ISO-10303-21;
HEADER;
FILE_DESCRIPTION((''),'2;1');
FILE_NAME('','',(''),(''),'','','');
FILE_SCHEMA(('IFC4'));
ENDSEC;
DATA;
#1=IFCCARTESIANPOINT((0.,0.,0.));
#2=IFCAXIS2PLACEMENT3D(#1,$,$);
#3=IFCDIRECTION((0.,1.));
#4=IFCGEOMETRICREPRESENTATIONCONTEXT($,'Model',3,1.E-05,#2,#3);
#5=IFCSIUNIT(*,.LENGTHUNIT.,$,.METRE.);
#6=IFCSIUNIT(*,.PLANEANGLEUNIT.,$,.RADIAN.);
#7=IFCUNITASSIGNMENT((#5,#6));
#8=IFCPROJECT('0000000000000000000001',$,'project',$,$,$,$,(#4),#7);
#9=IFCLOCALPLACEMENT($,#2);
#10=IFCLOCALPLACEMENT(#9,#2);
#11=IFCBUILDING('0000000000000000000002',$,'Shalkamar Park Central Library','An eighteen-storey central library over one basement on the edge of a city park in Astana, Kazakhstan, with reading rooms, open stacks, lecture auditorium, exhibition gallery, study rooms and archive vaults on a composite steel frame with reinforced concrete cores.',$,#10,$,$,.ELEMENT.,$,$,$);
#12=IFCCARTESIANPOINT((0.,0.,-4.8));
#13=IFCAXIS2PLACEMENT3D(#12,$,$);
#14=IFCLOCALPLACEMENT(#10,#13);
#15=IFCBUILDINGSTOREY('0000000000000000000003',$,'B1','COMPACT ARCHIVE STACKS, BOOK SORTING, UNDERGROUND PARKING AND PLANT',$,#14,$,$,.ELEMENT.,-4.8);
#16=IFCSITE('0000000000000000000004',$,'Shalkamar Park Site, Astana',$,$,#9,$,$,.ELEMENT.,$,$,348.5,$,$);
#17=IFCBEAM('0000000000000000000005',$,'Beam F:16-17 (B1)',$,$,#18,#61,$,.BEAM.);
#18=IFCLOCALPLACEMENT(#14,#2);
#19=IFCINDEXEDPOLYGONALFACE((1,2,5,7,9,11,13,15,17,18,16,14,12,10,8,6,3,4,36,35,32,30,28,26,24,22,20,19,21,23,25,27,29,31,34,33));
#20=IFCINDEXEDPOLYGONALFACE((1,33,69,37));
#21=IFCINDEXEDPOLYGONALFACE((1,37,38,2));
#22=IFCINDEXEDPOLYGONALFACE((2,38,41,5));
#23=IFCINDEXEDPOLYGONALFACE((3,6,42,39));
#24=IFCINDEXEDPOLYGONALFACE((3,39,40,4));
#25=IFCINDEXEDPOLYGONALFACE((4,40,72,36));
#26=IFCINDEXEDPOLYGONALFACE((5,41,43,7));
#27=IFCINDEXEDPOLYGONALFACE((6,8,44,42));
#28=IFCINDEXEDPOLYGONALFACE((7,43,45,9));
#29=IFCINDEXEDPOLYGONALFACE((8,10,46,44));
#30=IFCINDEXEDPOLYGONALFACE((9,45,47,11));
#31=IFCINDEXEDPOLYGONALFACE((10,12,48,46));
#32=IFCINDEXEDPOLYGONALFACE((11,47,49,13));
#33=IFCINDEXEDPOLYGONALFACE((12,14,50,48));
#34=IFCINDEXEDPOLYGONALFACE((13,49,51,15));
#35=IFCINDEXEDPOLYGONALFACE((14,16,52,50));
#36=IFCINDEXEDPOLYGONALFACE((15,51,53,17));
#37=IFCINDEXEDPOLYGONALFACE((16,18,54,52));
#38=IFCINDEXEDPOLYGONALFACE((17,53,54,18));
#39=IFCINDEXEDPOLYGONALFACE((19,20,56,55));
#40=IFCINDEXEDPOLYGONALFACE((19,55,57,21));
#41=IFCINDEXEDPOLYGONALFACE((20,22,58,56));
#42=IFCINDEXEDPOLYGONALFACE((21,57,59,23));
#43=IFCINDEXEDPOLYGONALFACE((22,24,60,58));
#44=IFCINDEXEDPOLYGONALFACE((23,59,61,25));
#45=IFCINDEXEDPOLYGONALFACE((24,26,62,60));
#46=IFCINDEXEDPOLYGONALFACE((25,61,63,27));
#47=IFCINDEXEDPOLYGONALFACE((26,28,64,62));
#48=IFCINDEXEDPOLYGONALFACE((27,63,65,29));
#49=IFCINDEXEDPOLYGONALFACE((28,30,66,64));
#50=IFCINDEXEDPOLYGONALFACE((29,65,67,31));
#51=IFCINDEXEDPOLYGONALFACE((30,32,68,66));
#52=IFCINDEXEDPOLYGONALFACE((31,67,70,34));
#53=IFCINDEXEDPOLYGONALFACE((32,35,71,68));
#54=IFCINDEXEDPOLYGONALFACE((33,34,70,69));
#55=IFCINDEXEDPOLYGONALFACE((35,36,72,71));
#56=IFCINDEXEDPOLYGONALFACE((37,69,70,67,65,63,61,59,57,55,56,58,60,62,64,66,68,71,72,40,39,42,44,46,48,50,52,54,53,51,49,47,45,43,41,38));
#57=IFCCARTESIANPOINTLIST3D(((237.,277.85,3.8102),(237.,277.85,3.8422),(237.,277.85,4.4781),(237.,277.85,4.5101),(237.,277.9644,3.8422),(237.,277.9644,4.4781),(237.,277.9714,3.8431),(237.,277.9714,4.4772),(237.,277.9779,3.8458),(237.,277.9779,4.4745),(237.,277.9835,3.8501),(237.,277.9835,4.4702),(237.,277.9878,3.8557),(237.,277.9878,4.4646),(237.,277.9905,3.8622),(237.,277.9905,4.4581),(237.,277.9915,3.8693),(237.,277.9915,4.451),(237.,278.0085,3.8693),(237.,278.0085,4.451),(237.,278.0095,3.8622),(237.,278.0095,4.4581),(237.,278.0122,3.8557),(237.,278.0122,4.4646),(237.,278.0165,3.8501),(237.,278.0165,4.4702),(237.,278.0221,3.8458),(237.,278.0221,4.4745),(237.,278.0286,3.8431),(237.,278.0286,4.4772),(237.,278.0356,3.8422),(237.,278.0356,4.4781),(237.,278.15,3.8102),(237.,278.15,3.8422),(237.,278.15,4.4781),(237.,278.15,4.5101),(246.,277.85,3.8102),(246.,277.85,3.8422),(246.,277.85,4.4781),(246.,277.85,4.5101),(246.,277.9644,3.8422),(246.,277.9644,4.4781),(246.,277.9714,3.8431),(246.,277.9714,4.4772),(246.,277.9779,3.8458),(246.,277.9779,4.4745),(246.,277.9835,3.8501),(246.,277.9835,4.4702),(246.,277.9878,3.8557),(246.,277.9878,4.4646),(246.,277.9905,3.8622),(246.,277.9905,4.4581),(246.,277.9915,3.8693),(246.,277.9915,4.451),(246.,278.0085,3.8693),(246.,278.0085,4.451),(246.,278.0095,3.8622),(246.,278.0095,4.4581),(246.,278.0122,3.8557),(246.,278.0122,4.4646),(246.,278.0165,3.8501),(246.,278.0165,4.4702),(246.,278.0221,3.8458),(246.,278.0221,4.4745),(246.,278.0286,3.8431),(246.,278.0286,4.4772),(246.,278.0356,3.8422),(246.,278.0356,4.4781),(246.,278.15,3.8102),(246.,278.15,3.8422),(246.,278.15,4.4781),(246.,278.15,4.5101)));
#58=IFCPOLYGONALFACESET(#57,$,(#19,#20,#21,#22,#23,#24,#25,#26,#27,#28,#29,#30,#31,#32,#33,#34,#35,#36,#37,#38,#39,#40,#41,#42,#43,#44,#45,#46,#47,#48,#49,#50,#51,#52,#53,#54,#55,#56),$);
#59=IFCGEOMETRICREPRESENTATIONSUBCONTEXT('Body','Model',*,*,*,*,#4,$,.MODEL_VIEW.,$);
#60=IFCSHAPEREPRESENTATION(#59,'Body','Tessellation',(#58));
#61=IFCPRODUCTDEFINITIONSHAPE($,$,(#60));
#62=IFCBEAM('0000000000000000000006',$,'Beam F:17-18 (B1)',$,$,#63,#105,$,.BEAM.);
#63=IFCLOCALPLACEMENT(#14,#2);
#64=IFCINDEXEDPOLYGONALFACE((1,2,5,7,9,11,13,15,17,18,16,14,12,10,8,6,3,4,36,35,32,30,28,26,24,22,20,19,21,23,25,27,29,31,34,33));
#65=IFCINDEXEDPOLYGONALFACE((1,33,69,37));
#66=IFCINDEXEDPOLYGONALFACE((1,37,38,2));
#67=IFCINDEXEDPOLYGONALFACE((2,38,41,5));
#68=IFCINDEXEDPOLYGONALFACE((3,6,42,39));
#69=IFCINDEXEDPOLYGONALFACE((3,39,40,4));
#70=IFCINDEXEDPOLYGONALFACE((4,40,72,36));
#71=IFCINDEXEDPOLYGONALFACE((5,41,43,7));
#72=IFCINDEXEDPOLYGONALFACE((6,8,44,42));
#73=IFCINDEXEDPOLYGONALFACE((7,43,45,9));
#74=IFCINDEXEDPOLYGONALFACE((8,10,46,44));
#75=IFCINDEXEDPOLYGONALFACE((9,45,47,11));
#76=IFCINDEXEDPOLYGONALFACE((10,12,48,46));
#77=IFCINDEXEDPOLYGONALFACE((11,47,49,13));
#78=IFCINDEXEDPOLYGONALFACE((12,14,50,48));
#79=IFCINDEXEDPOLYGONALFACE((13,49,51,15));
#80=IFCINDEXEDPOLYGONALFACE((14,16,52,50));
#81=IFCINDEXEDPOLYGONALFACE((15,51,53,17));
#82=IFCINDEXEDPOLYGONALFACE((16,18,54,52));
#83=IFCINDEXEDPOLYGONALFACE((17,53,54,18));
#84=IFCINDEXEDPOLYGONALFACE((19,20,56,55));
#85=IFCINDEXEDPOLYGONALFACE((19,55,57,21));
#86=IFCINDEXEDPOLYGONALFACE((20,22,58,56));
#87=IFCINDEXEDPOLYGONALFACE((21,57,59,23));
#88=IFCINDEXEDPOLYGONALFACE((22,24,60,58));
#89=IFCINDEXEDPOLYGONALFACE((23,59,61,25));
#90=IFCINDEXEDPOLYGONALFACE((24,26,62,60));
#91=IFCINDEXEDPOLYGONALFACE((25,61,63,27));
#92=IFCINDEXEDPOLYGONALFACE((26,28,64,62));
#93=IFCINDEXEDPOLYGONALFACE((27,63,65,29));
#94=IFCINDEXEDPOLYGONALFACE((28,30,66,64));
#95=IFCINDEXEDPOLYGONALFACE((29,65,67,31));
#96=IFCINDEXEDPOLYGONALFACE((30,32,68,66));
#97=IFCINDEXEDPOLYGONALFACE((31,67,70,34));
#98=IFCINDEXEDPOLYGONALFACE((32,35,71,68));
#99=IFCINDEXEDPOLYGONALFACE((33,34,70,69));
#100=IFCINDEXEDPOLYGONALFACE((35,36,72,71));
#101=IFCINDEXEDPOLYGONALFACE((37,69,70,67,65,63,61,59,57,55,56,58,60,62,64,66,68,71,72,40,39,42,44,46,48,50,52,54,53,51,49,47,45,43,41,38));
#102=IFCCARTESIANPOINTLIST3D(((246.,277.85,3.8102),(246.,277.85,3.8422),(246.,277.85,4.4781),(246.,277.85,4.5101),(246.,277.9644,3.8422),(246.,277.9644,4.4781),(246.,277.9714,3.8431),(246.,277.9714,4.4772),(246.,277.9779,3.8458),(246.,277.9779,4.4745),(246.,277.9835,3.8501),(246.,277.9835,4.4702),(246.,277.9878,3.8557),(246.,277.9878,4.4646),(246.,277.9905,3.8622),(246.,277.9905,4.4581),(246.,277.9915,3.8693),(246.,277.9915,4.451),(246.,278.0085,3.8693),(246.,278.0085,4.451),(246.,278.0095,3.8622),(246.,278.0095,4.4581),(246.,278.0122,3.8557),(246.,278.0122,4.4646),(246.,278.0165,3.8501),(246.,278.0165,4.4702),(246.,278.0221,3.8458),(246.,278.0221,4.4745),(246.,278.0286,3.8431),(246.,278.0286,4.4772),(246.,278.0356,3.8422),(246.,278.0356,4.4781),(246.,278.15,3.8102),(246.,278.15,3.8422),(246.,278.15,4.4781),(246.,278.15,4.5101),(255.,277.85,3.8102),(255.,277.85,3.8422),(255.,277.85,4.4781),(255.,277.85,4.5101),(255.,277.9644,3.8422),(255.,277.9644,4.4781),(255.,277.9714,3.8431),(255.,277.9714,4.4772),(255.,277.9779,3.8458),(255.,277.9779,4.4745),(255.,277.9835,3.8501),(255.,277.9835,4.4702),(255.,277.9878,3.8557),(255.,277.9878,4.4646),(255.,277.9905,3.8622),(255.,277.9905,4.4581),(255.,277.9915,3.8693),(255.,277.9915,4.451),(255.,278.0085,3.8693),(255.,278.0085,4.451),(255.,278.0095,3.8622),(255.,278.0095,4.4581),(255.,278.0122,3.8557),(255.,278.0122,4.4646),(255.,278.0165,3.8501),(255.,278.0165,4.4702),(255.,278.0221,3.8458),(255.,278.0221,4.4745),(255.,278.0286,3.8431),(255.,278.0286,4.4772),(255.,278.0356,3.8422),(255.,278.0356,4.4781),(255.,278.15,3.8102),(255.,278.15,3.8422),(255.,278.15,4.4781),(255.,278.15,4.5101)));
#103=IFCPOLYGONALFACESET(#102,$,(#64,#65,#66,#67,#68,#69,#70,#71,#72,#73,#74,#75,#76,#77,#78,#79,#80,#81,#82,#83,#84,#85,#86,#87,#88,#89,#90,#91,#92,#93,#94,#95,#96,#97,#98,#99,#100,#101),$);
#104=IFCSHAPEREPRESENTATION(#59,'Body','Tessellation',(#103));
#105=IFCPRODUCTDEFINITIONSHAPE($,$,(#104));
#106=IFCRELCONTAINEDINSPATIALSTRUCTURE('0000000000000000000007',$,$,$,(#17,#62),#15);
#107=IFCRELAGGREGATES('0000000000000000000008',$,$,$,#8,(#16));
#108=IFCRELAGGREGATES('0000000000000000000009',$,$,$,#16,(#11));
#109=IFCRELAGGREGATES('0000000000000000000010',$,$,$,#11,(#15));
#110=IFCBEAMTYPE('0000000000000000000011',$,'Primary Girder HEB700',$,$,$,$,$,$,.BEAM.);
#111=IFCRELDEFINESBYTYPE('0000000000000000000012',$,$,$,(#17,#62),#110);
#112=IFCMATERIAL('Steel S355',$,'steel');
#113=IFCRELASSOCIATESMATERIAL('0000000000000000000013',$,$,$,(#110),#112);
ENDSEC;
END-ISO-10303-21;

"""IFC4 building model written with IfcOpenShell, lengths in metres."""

from ifc_helpers import new_model, si_unit, direction, frame, origin, origin_2d, place, context, subcontext, project, spatial, i_section, extrude, material, material_profile, profile_set, type_object, element, save


model = new_model("IFC4")

# Units and contexts
model_context = context("Model", 3, precision=1e-05, world=origin(), true_north=direction((0.0, 1.0)))
body_context = subcontext(model_context, "Body", "Model", "MODEL_VIEW")
ifc_project = project(units=[si_unit("LENGTHUNIT", "METRE"), si_unit("PLANEANGLEUNIT", "RADIAN")], contexts=[model_context])

# Site, building, storey
site_placement = place(None, origin())
site = spatial("IfcSite", under=ifc_project, at=site_placement, Name="Shalkamar Park Site, Astana", CompositionType="ELEMENT", RefElevation=348.5)
building_placement = place(site_placement, origin())
building = spatial("IfcBuilding", under=site, at=building_placement, Name="Shalkamar Park Central Library", Description="An eighteen-storey central library over one basement on the edge of a city park in Astana, Kazakhstan, with reading rooms, open stacks, lecture auditorium, exhibition gallery, study rooms and archive vaults on a composite steel frame with reinforced concrete cores.", CompositionType="ELEMENT")
storey_placement = place(building_placement, frame((0.0, 0.0, -4.8)))
storey = spatial("IfcBuildingStorey", under=building, at=storey_placement, Name="B1", Description="COMPACT ARCHIVE STACKS, BOOK SORTING, UNDERGROUND PARKING AND PLANT", CompositionType="ELEMENT", Elevation=-4.8)

# Shared definitions
ifc_material_1 = material(Name="Steel S355", Category="steel")

# Beams
ifc_material_profile_1 = material_profile(ifc_material_1, i_section(OverallWidth=0.3, OverallDepth=0.7, WebThickness=0.0171, FlangeThickness=0.032, FilletRadius=0.0271, at=origin_2d()), Name="HEB 700")
ifc_profile_set_1 = profile_set([ifc_material_profile_1], Name="Steel S355")
beam_type_1 = type_object("IfcBeamType", Name="Primary Girder HEB700", PredefinedType="BEAM", material=ifc_profile_set_1)
for number, where, z_axis, x_axis, name in (
    (1, (237.0, 278.0, 4.1602), (1.0, 0.0, 0.0), (0.0, 1.0, 0.0), "Beam F:16-17 (B1)"),
    (2, (246.0, 278.0, 4.1602), (1.0, 0.0, 0.0), (0.0, 1.0, 0.0), "Beam F:17-18 (B1)"),
):
    element("IfcBeam", number, at=place(storey_placement, frame(where, z_axis=z_axis, x_axis=x_axis)), inside=storey, type_object=beam_type_1, Name=name, PredefinedType="BEAM", context=body_context, shape_type="SweptSolid", body=[
        extrude(i_section(OverallWidth=0.3, OverallDepth=0.7, WebThickness=0.0171, FlangeThickness=0.032, FilletRadius=0.0271, at=origin_2d()), origin(), (0.0, 0.0, 1.0), 9.0),
    ])

save(model, "model.ifc")
